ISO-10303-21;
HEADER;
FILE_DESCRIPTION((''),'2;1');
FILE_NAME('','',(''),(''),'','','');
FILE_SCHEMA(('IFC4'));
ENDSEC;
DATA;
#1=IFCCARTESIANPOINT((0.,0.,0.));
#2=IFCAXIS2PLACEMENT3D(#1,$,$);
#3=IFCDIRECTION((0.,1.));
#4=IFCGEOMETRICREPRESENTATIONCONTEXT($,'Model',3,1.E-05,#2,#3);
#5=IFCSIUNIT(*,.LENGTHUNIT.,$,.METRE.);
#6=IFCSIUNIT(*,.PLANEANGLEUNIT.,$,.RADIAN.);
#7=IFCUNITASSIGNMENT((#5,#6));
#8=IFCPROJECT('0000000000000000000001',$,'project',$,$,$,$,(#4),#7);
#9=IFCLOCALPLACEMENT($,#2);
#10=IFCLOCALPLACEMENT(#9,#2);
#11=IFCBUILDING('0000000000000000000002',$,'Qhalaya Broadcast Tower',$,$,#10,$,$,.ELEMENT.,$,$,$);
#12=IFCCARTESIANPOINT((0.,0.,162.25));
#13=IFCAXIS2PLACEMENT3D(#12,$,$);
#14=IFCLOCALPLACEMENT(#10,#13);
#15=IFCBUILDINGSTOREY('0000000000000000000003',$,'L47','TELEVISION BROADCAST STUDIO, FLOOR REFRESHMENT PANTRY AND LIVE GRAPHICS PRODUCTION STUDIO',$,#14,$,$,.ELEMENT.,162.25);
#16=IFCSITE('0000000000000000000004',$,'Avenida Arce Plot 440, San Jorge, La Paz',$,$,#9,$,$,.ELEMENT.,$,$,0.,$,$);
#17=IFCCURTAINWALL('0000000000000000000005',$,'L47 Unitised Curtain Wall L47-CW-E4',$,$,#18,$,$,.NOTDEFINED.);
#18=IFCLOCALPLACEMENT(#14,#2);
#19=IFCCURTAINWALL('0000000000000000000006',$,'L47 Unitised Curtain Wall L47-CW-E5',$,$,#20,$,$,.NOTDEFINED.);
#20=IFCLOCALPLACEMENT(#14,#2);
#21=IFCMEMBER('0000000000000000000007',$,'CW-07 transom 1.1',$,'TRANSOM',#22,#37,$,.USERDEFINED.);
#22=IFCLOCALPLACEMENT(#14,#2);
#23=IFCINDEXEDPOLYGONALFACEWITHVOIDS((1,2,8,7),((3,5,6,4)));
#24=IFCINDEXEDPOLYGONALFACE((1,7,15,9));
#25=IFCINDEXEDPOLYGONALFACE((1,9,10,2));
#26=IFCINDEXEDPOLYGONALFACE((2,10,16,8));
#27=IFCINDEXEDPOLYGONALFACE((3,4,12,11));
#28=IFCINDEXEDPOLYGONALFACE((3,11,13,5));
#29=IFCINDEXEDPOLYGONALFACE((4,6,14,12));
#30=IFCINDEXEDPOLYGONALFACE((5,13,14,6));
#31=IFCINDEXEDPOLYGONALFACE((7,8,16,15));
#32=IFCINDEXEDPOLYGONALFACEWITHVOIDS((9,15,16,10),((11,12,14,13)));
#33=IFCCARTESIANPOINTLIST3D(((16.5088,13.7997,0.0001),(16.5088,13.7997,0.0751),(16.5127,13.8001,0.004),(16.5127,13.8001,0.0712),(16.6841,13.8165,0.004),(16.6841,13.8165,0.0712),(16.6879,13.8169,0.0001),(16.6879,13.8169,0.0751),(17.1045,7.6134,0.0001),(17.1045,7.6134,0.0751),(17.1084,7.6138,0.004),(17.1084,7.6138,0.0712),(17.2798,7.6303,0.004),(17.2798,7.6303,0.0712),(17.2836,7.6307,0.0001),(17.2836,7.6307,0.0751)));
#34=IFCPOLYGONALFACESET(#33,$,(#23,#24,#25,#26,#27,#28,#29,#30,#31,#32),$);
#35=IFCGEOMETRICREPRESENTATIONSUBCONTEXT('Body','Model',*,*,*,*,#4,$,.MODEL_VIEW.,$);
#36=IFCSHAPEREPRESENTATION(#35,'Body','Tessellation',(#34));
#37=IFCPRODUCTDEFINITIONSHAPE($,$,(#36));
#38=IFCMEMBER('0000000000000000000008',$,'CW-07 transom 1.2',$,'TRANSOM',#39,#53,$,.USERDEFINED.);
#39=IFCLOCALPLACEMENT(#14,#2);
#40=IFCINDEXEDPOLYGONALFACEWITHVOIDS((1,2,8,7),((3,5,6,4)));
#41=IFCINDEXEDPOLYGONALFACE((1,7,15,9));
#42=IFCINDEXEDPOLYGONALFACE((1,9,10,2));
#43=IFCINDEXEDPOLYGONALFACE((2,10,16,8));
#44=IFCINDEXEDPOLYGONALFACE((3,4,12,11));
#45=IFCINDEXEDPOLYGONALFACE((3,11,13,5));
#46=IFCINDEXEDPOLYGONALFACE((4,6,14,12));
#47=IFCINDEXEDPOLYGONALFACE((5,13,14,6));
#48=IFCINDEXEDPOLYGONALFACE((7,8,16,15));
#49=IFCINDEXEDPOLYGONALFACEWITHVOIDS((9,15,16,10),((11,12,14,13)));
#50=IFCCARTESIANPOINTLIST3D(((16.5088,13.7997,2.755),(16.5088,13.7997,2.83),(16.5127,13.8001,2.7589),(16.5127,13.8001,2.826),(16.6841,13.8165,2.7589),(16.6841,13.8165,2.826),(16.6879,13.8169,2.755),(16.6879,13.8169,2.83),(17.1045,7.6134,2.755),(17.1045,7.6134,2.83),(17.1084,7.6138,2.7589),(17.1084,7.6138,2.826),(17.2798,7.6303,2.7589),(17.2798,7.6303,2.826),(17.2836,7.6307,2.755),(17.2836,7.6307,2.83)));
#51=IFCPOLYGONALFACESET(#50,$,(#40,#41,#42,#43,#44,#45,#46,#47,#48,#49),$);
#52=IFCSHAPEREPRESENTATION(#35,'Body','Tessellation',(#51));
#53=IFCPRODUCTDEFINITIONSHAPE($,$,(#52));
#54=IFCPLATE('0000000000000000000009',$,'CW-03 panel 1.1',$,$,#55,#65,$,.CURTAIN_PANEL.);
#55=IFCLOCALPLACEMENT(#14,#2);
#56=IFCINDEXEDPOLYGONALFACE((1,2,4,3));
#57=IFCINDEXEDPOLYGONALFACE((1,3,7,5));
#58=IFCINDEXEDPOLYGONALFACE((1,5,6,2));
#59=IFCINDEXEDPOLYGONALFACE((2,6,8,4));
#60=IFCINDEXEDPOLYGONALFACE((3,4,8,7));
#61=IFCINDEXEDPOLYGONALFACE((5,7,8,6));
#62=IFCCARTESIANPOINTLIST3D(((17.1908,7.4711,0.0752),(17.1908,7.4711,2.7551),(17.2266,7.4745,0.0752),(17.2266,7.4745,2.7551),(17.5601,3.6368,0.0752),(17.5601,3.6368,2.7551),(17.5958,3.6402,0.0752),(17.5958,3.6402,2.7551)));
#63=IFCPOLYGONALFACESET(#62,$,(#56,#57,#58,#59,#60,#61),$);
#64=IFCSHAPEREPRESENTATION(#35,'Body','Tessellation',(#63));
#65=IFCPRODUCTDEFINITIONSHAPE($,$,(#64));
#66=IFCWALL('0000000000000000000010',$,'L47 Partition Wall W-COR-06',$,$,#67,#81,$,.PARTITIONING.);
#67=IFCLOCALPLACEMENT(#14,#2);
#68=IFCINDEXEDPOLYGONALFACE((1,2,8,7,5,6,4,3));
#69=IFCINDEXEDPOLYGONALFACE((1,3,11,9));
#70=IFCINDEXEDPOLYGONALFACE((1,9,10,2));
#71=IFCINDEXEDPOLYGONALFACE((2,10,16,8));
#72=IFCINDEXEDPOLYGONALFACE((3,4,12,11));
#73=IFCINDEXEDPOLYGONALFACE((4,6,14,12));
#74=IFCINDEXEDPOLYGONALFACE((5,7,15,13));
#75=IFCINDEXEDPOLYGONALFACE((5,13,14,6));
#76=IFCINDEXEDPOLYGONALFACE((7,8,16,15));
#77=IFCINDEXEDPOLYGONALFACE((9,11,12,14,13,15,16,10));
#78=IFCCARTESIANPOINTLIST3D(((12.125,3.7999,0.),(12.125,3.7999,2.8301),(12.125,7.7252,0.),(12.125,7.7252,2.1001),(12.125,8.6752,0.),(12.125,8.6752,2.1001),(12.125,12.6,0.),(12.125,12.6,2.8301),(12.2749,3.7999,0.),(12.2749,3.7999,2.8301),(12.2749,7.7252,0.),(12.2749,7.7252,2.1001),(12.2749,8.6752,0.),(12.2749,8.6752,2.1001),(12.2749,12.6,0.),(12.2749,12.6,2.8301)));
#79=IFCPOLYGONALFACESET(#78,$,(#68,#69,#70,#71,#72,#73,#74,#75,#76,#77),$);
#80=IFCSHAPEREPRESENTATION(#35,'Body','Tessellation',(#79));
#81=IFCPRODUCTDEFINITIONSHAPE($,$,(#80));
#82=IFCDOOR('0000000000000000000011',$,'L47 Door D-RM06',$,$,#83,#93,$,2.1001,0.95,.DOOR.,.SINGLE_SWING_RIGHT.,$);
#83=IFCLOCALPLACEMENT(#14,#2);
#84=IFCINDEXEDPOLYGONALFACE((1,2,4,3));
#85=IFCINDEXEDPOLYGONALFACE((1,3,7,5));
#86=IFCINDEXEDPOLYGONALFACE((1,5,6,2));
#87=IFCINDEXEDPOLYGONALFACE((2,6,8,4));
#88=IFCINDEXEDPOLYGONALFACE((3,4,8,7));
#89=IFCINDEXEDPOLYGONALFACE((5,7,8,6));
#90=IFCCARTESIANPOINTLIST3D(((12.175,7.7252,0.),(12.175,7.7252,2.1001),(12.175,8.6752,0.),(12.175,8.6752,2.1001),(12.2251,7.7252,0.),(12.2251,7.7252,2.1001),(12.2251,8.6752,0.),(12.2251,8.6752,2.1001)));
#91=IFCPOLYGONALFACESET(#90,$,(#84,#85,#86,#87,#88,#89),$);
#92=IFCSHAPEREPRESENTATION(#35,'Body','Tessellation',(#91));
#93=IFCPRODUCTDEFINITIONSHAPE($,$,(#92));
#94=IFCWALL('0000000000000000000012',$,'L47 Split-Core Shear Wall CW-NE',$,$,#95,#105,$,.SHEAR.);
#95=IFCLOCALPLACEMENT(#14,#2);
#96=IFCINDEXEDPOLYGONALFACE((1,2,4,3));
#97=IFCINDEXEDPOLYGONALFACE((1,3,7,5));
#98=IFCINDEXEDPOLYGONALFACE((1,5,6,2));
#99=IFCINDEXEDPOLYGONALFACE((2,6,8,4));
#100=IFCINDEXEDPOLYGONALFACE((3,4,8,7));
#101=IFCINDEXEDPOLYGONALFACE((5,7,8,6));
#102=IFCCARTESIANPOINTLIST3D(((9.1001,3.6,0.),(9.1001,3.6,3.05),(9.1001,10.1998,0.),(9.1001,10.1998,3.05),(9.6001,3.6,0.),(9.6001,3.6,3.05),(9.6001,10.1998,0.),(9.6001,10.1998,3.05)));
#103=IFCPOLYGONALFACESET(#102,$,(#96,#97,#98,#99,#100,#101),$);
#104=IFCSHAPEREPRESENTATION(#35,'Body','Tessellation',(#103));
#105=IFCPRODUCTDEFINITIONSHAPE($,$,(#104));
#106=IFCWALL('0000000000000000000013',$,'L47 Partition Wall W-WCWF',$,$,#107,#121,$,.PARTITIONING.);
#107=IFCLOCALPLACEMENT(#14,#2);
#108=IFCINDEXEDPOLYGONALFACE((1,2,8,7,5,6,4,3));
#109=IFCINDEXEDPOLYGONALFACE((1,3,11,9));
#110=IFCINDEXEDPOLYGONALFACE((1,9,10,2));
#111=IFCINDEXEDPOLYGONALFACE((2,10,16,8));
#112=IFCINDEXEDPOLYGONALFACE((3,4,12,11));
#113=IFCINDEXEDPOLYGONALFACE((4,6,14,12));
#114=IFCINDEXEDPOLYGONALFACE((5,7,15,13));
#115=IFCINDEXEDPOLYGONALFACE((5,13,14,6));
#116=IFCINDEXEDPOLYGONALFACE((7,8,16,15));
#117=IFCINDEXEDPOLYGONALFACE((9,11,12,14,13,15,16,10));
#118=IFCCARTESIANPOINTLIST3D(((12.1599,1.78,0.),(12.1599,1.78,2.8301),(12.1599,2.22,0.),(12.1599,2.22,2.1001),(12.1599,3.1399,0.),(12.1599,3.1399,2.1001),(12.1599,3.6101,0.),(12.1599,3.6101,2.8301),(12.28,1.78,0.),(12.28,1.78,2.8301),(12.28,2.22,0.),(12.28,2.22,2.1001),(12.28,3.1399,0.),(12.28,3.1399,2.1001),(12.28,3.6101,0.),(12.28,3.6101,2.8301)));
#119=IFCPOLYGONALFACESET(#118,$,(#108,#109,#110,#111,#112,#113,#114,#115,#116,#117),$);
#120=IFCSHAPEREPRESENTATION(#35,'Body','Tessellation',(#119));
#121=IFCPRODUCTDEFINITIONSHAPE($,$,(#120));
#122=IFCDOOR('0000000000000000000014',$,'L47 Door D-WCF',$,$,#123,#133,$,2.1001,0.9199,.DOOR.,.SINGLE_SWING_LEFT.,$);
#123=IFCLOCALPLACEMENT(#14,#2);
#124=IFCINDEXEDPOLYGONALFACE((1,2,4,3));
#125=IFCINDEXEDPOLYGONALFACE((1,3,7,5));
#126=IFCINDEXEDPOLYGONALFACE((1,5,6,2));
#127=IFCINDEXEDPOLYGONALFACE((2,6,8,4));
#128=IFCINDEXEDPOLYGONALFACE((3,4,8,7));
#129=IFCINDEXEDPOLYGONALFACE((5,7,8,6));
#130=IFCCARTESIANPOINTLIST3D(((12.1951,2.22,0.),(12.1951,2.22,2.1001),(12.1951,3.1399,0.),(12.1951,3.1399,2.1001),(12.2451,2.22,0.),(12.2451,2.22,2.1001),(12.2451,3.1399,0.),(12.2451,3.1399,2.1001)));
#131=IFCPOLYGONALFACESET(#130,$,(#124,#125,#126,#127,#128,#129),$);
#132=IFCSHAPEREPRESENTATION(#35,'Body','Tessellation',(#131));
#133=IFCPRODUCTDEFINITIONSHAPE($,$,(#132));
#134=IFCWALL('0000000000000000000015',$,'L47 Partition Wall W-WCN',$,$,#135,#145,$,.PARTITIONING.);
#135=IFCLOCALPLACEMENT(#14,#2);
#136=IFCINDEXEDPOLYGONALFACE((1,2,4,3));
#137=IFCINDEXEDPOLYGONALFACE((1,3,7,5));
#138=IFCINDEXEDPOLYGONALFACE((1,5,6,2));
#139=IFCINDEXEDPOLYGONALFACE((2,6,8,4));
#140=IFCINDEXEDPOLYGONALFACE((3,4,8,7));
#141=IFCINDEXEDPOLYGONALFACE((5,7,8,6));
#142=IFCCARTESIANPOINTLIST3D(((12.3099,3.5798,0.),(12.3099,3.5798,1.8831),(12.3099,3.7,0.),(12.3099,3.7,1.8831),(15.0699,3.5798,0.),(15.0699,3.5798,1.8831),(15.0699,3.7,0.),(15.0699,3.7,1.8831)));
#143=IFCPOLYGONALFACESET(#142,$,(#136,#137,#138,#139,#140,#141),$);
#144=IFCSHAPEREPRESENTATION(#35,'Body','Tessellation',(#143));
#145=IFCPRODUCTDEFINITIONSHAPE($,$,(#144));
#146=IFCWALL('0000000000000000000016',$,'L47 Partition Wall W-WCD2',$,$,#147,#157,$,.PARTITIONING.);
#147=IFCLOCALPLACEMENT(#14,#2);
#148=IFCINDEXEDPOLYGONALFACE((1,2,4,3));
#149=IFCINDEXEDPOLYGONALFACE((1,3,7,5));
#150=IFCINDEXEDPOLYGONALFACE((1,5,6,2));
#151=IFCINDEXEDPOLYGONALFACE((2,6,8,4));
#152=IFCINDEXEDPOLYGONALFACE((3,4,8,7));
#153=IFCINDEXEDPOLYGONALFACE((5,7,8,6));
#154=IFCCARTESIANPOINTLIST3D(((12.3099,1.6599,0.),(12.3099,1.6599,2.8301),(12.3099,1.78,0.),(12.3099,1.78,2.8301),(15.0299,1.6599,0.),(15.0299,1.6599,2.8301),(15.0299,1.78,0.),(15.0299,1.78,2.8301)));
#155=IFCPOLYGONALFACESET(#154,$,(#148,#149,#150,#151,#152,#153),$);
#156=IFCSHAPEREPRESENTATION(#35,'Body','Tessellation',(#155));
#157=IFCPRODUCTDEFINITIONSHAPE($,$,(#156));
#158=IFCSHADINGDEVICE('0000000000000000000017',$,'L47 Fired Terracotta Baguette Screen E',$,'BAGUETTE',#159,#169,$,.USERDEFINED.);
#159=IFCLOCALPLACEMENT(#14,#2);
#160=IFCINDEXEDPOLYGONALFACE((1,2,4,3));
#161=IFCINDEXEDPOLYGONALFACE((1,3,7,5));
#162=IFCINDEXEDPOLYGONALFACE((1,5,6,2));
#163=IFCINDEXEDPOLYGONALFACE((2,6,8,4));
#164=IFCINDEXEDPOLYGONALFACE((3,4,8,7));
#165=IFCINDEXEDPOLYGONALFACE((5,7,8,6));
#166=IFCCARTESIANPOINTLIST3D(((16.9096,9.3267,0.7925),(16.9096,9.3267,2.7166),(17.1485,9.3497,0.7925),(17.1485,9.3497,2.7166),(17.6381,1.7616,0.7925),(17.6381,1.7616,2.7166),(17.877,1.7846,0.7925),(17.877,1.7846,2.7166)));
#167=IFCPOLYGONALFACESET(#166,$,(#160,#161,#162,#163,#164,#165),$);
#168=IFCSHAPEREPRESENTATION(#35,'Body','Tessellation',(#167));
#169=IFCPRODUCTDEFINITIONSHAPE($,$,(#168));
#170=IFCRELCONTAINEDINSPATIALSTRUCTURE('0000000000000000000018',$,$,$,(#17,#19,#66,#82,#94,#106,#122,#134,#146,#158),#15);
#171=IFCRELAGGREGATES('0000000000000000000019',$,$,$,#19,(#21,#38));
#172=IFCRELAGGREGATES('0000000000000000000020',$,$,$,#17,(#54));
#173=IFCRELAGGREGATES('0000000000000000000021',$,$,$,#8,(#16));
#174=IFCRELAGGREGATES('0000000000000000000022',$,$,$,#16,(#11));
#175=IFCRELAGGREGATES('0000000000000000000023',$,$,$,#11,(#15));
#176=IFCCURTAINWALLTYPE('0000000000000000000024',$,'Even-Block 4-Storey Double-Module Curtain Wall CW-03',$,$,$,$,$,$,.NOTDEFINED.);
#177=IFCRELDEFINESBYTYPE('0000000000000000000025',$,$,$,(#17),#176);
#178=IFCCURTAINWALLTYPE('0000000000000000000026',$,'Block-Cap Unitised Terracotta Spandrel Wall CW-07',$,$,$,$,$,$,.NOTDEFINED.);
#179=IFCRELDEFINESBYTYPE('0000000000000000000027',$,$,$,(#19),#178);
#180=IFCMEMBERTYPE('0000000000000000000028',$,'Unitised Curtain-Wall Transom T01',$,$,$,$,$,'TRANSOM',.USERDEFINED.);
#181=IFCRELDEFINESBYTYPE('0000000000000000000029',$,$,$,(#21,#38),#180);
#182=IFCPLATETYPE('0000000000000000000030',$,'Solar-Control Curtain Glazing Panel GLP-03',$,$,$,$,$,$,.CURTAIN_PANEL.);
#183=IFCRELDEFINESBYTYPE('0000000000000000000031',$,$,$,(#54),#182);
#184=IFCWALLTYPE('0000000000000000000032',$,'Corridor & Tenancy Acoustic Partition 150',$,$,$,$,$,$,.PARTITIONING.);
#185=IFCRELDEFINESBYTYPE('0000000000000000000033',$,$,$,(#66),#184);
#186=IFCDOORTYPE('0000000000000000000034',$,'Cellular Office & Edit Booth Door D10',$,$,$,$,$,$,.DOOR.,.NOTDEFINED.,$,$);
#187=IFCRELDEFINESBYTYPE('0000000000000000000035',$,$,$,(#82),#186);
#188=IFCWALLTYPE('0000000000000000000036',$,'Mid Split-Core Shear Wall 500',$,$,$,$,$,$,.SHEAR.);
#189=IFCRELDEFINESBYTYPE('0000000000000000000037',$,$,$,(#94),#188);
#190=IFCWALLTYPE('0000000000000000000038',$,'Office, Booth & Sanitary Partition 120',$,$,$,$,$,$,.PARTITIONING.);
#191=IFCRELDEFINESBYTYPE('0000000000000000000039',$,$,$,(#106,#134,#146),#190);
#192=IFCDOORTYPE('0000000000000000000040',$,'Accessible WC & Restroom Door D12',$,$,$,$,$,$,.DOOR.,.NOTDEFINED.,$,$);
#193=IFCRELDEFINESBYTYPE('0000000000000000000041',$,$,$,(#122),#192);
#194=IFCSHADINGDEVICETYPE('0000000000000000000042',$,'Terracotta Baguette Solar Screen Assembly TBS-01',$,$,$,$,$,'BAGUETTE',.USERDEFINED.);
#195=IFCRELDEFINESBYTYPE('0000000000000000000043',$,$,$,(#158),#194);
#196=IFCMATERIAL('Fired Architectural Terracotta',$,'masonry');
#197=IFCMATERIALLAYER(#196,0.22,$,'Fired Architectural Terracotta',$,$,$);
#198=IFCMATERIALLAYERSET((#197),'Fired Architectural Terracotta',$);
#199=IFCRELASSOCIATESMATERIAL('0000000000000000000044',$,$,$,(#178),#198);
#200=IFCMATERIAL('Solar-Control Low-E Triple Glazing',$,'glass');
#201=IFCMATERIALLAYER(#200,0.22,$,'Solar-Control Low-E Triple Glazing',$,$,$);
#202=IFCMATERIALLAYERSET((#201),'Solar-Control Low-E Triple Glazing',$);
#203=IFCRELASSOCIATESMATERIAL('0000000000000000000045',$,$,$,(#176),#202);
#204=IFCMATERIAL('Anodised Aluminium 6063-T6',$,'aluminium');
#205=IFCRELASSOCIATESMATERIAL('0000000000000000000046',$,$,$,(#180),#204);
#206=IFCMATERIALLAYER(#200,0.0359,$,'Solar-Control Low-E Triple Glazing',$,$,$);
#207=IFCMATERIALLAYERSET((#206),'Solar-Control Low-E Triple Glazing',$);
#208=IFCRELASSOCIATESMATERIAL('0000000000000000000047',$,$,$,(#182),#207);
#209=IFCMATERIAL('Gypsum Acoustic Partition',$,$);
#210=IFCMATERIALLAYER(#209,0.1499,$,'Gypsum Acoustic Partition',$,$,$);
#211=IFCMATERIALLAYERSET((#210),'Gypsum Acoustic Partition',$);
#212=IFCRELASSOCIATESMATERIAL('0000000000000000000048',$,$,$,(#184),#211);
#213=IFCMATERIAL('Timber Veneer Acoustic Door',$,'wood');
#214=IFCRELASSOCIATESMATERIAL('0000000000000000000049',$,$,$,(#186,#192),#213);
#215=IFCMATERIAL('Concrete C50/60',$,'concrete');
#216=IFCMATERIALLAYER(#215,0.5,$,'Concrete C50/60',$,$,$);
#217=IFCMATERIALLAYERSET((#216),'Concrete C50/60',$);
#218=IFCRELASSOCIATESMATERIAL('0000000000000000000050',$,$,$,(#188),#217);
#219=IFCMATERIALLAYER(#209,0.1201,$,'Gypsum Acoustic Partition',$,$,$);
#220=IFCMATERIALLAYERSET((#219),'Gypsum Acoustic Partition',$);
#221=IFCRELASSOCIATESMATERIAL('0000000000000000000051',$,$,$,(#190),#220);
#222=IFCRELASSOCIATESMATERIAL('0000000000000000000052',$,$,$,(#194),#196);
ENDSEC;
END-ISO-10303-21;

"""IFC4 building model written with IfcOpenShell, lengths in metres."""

from ifc_helpers import new_model, si_unit, direction, frame, frame_2d, origin, origin_2d, place, context, subcontext, project, spatial, rectangle, hollow_rectangle, extrude, material, layer, layer_set, material_profile, profile_set, type_object, element, fill, aggregate, save


model = new_model("IFC4")

# Units and contexts
model_context = context("Model", 3, precision=1e-05, world=origin(), true_north=direction((0.0, 1.0)))
body_context = subcontext(model_context, "Body", "Model", "MODEL_VIEW")
ifc_project = project(units=[si_unit("LENGTHUNIT", "METRE"), si_unit("PLANEANGLEUNIT", "RADIAN")], contexts=[model_context])

# Site, building, storey
site_placement = place(None, origin())
site = spatial("IfcSite", under=ifc_project, at=site_placement, Name="Avenida Arce Plot 440, San Jorge, La Paz", CompositionType="ELEMENT", RefElevation=0.0)
building_placement = place(site_placement, origin())
building = spatial("IfcBuilding", under=site, at=building_placement, Name="Qhalaya Broadcast Tower", CompositionType="ELEMENT")
storey_placement = place(building_placement, frame((0.0, 0.0, 162.25)))
storey = spatial("IfcBuildingStorey", under=building, at=storey_placement, Name="L47", Description="TELEVISION BROADCAST STUDIO, FLOOR REFRESHMENT PANTRY AND LIVE GRAPHICS PRODUCTION STUDIO", CompositionType="ELEMENT", Elevation=162.25)

# Shared definitions
ifc_material_1 = material(Name="Concrete C50/60", Category="concrete")

# Shared definitions
ifc_material_2 = material(Name="Fired Architectural Terracotta", Category="masonry")
ifc_layer_1 = layer(ifc_material_2, 0.22, Name="Fired Architectural Terracotta")
ifc_layer_set_1 = layer_set([ifc_layer_1], Name="Fired Architectural Terracotta")
curtain_wall_type_1 = type_object("IfcCurtainWallType", Name="Block-Cap Unitised Terracotta Spandrel Wall CW-07", PredefinedType="NOTDEFINED", material=ifc_layer_set_1)
ifc_material_3 = material(Name="Anodised Aluminium 6063-T6", Category="aluminium")

# Curtain wall
ifc_material_4 = material(Name="Solar-Control Low-E Triple Glazing", Category="glass")
ifc_layer_2 = layer(ifc_material_4, 0.22, Name="Solar-Control Low-E Triple Glazing")
ifc_layer_set_2 = layer_set([ifc_layer_2], Name="Solar-Control Low-E Triple Glazing")
curtain_wall_type_2 = type_object("IfcCurtainWallType", Name="Even-Block 4-Storey Double-Module Curtain Wall CW-03", PredefinedType="NOTDEFINED", material=ifc_layer_set_2)
curtain_wall_1_placement = place(storey_placement, origin())
curtain_wall_1 = element("IfcCurtainWall", 1, at=curtain_wall_1_placement, inside=storey, type_object=curtain_wall_type_2, Name="L47 Unitised Curtain Wall L47-CW-E4", PredefinedType="NOTDEFINED")

# Curtain wall
curtain_wall_2_placement = place(storey_placement, origin())
curtain_wall_2 = element("IfcCurtainWall", 2, at=curtain_wall_2_placement, inside=storey, type_object=curtain_wall_type_1, Name="L47 Unitised Curtain Wall L47-CW-E5", PredefinedType="NOTDEFINED")

# Members
ifc_material_profile_1 = material_profile(ifc_material_3, hollow_rectangle(XDim=0.075, YDim=0.1799, WallThickness=0.0039, at=origin_2d()), Name="ALU-TRN 75x180x4")
ifc_profile_set_1 = profile_set([ifc_material_profile_1], Name="Anodised Aluminium 6063-T6")
member_type_1 = type_object("IfcMemberType", Name="Unitised Curtain-Wall Transom T01", ElementType="TRANSOM", PredefinedType="USERDEFINED", material=ifc_profile_set_1)
member_1_placement = place(storey_placement, frame((17.1941, 7.6221, 0.0376), z_axis=(-0.095851, 0.995396, 0.0), x_axis=(0.0, 0.0, 1.0)))
member_1 = element("IfcMember", 3, at=member_1_placement, type_object=member_type_1, Name="CW-07 transom 1.1", ObjectType="TRANSOM", PredefinedType="USERDEFINED", context=body_context, shape_type="SweptSolid", body=[
    extrude(hollow_rectangle(XDim=0.075, YDim=0.1799, WallThickness=0.0039, at=origin_2d()), origin(), (0.0, 0.0, 1.0), 6.2148),
])
member_2_placement = place(storey_placement, frame((17.1941, 7.6221, 2.7925), z_axis=(-0.095851, 0.995396, 0.0), x_axis=(0.0, 0.0, 1.0)))
member_2 = element("IfcMember", 4, at=member_2_placement, type_object=member_type_1, Name="CW-07 transom 1.2", ObjectType="TRANSOM", PredefinedType="USERDEFINED", context=body_context, shape_type="SweptSolid", body=[
    extrude(hollow_rectangle(XDim=0.075, YDim=0.1799, WallThickness=0.0039, at=origin_2d()), origin(), (0.0, 0.0, 1.0), 6.2148),
])
aggregate(curtain_wall_2, [member_1, member_2])

# Plate
ifc_layer_3 = layer(ifc_material_4, 0.0359, Name="Solar-Control Low-E Triple Glazing")
ifc_layer_set_3 = layer_set([ifc_layer_3], Name="Solar-Control Low-E Triple Glazing")
plate_type = type_object("IfcPlateType", Name="Solar-Control Curtain Glazing Panel GLP-03", PredefinedType="CURTAIN_PANEL", material=ifc_layer_set_3)
plate_placement = place(storey_placement, frame((17.3933, 5.5557, 0.0752), z_axis=(0.0, 0.0, 1.0), x_axis=(-0.095851, 0.995396, 0.0)))
plate = element("IfcPlate", 5, at=plate_placement, type_object=plate_type, Name="CW-03 panel 1.1", PredefinedType="CURTAIN_PANEL", context=body_context, shape_type="SweptSolid", body=[
    extrude(rectangle(XDim=3.8521, YDim=0.0359, at=origin_2d()), origin(), (0.0, 0.0, 1.0), 2.6799),
])
aggregate(curtain_wall_1, [plate])

# Wall, opening, door
ifc_material_5 = material(Name="Gypsum Acoustic Partition")
ifc_layer_4 = layer(ifc_material_5, 0.1499, Name="Gypsum Acoustic Partition")
ifc_layer_set_4 = layer_set([ifc_layer_4], Name="Gypsum Acoustic Partition")
wall_type_1 = type_object("IfcWallType", Name="Corridor & Tenancy Acoustic Partition 150", PredefinedType="PARTITIONING", material=ifc_layer_set_4)
wall_1_placement = place(storey_placement, frame((12.2, 3.8, 0.0), z_axis=(0.0, 0.0, 1.0), x_axis=(0.0, 1.0, 0.0)))
wall_1 = element("IfcWall", 6, at=wall_1_placement, inside=storey, type_object=wall_type_1, Name="L47 Partition Wall W-COR-06", PredefinedType="PARTITIONING", context=body_context, shape_type="SweptSolid", body=[
    extrude(rectangle(XDim=8.8, YDim=0.1499, at=frame_2d((4.3999, 0.0))), origin(), (0.0, 0.0, 1.0), 2.8301),
])
opening_1_placement = place(wall_1_placement, frame((3.925, 0.0, 0.0)))
opening_1 = element("IfcOpeningElement", 7, at=opening_1_placement, cuts=wall_1, PredefinedType="OPENING", context=body_context, shape_type="SweptSolid", body=[
    extrude(rectangle(XDim=0.95, YDim=2.1001, at=frame_2d((0.4751, 1.05))), frame((0.0, 0.0869, 0.0), z_axis=(0.0, -1.0, 0.0), x_axis=(1.0, 0.0, 0.0)), (0.0, 0.0, 1.0), 0.1738),
])
ifc_material_6 = material(Name="Timber Veneer Acoustic Door", Category="wood")
door_type_1 = type_object("IfcDoorType", Name="Cellular Office & Edit Booth Door D10", OperationType="NOTDEFINED", PredefinedType="DOOR", material=ifc_material_6)
door_1_placement = place(opening_1_placement, origin())
door_1 = element("IfcDoor", 8, at=door_1_placement, inside=storey, type_object=door_type_1, Name="L47 Door D-RM06", OperationType="SINGLE_SWING_RIGHT", OverallHeight=2.1001, OverallWidth=0.95, PredefinedType="DOOR", context=body_context, shape_type="SweptSolid", body=[
    extrude(rectangle(XDim=0.95, YDim=2.1001, at=frame_2d((0.4751, 1.05))), frame((0.0, 0.0249, 0.0), z_axis=(0.0, -1.0, 0.0), x_axis=(1.0, 0.0, 0.0)), (0.0, 0.0, 1.0), 0.05),
])
fill(opening_1, door_1)

# Wall
ifc_layer_5 = layer(ifc_material_1, 0.5, Name="Concrete C50/60")
ifc_layer_set_5 = layer_set([ifc_layer_5], Name="Concrete C50/60")
wall_type_2 = type_object("IfcWallType", Name="Mid Split-Core Shear Wall 500", PredefinedType="SHEAR", material=ifc_layer_set_5)
wall_2_placement = place(storey_placement, frame((9.3501, 3.6001, 0.0), z_axis=(0.0, 0.0, 1.0), x_axis=(0.0, 1.0, 0.0)))
element("IfcWall", 9, at=wall_2_placement, inside=storey, type_object=wall_type_2, Name="L47 Split-Core Shear Wall CW-NE", PredefinedType="SHEAR", context=body_context, shape_type="SweptSolid", body=[
    extrude(rectangle(XDim=6.5999, YDim=0.5, at=frame_2d((3.2998, 0.0))), origin(), (0.0, 0.0, 1.0), 3.05),
])

# Wall, opening, door
ifc_layer_6 = layer(ifc_material_5, 0.1201, Name="Gypsum Acoustic Partition")
ifc_layer_set_6 = layer_set([ifc_layer_6], Name="Gypsum Acoustic Partition")
wall_type_3 = type_object("IfcWallType", Name="Office, Booth & Sanitary Partition 120", PredefinedType="PARTITIONING", material=ifc_layer_set_6)
wall_3_placement = place(storey_placement, frame((12.22, 1.78, 0.0), z_axis=(0.0, 0.0, 1.0), x_axis=(0.0, 1.0, 0.0)))
wall_3 = element("IfcWall", 10, at=wall_3_placement, inside=storey, type_object=wall_type_3, Name="L47 Partition Wall W-WCWF", PredefinedType="PARTITIONING", context=body_context, shape_type="SweptSolid", body=[
    extrude(rectangle(XDim=1.8301, YDim=0.1201, at=frame_2d((0.915, 0.0))), origin(), (0.0, 0.0, 1.0), 2.8301),
])
opening_2_placement = place(wall_3_placement, frame((0.4399, 0.0, 0.0)))
opening_2 = element("IfcOpeningElement", 11, at=opening_2_placement, cuts=wall_3, PredefinedType="OPENING", context=body_context, shape_type="SweptSolid", body=[
    extrude(rectangle(XDim=0.9199, YDim=2.1001, at=frame_2d((0.46, 1.05))), frame((0.0, 0.072, 0.0), z_axis=(0.0, -1.0, 0.0), x_axis=(1.0, 0.0, 0.0)), (0.0, 0.0, 1.0), 0.144),
])
door_type_2 = type_object("IfcDoorType", Name="Accessible WC & Restroom Door D12", OperationType="NOTDEFINED", PredefinedType="DOOR", material=ifc_material_6)
door_2_placement = place(opening_2_placement, origin())
door_2 = element("IfcDoor", 12, at=door_2_placement, inside=storey, type_object=door_type_2, Name="L47 Door D-WCF", OperationType="SINGLE_SWING_LEFT", OverallHeight=2.1001, OverallWidth=0.9199, PredefinedType="DOOR", context=body_context, shape_type="SweptSolid", body=[
    extrude(rectangle(XDim=0.9199, YDim=2.1001, at=frame_2d((0.46, 1.05))), frame((0.0, 0.0249, 0.0), z_axis=(0.0, -1.0, 0.0), x_axis=(1.0, 0.0, 0.0)), (0.0, 0.0, 1.0), 0.05),
])
fill(opening_2, door_2)

# Walls
wall_4_placement = place(storey_placement, frame((12.3101, 3.6399, 0.0), z_axis=(0.0, 0.0, 1.0), x_axis=(1.0, 0.0, 0.0)))
element("IfcWall", 13, at=wall_4_placement, inside=storey, type_object=wall_type_3, Name="L47 Partition Wall W-WCN", PredefinedType="PARTITIONING", context=body_context, shape_type="SweptSolid", body=[
    extrude(rectangle(XDim=2.76, YDim=0.1201, at=frame_2d((1.3799, 0.0))), origin(), (0.0, 0.0, 1.0), 1.8831),
])
wall_5_placement = place(storey_placement, frame((12.3101, 1.72, 0.0), z_axis=(0.0, 0.0, 1.0), x_axis=(1.0, 0.0, 0.0)))
element("IfcWall", 14, at=wall_5_placement, inside=storey, type_object=wall_type_3, Name="L47 Partition Wall W-WCD2", PredefinedType="PARTITIONING", context=body_context, shape_type="SweptSolid", body=[
    extrude(rectangle(XDim=2.72, YDim=0.1201, at=frame_2d((1.3599, 0.0))), origin(), (0.0, 0.0, 1.0), 2.8301),
])

# Shading device
shading_device_type = type_object("IfcShadingDeviceType", Name="Terracotta Baguette Solar Screen Assembly TBS-01", ElementType="BAGUETTE", PredefinedType="USERDEFINED", material=ifc_material_2)
shading_device_placement = place(storey_placement, frame((17.3933, 5.5557, 0.7925), z_axis=(0.0, 0.0, 1.0), x_axis=(-0.095846, 0.995396, 0.0)))
element("IfcShadingDevice", 15, at=shading_device_placement, inside=storey, type_object=shading_device_type, Name="L47 Fired Terracotta Baguette Screen E", ObjectType="BAGUETTE", PredefinedType="USERDEFINED", context=body_context, shape_type="SweptSolid", body=[
    extrude(rectangle(XDim=7.6001, YDim=0.24, at=origin_2d()), origin(), (0.0, 0.0, 1.0), 1.9241),
])

save(model, "model.ifc")
